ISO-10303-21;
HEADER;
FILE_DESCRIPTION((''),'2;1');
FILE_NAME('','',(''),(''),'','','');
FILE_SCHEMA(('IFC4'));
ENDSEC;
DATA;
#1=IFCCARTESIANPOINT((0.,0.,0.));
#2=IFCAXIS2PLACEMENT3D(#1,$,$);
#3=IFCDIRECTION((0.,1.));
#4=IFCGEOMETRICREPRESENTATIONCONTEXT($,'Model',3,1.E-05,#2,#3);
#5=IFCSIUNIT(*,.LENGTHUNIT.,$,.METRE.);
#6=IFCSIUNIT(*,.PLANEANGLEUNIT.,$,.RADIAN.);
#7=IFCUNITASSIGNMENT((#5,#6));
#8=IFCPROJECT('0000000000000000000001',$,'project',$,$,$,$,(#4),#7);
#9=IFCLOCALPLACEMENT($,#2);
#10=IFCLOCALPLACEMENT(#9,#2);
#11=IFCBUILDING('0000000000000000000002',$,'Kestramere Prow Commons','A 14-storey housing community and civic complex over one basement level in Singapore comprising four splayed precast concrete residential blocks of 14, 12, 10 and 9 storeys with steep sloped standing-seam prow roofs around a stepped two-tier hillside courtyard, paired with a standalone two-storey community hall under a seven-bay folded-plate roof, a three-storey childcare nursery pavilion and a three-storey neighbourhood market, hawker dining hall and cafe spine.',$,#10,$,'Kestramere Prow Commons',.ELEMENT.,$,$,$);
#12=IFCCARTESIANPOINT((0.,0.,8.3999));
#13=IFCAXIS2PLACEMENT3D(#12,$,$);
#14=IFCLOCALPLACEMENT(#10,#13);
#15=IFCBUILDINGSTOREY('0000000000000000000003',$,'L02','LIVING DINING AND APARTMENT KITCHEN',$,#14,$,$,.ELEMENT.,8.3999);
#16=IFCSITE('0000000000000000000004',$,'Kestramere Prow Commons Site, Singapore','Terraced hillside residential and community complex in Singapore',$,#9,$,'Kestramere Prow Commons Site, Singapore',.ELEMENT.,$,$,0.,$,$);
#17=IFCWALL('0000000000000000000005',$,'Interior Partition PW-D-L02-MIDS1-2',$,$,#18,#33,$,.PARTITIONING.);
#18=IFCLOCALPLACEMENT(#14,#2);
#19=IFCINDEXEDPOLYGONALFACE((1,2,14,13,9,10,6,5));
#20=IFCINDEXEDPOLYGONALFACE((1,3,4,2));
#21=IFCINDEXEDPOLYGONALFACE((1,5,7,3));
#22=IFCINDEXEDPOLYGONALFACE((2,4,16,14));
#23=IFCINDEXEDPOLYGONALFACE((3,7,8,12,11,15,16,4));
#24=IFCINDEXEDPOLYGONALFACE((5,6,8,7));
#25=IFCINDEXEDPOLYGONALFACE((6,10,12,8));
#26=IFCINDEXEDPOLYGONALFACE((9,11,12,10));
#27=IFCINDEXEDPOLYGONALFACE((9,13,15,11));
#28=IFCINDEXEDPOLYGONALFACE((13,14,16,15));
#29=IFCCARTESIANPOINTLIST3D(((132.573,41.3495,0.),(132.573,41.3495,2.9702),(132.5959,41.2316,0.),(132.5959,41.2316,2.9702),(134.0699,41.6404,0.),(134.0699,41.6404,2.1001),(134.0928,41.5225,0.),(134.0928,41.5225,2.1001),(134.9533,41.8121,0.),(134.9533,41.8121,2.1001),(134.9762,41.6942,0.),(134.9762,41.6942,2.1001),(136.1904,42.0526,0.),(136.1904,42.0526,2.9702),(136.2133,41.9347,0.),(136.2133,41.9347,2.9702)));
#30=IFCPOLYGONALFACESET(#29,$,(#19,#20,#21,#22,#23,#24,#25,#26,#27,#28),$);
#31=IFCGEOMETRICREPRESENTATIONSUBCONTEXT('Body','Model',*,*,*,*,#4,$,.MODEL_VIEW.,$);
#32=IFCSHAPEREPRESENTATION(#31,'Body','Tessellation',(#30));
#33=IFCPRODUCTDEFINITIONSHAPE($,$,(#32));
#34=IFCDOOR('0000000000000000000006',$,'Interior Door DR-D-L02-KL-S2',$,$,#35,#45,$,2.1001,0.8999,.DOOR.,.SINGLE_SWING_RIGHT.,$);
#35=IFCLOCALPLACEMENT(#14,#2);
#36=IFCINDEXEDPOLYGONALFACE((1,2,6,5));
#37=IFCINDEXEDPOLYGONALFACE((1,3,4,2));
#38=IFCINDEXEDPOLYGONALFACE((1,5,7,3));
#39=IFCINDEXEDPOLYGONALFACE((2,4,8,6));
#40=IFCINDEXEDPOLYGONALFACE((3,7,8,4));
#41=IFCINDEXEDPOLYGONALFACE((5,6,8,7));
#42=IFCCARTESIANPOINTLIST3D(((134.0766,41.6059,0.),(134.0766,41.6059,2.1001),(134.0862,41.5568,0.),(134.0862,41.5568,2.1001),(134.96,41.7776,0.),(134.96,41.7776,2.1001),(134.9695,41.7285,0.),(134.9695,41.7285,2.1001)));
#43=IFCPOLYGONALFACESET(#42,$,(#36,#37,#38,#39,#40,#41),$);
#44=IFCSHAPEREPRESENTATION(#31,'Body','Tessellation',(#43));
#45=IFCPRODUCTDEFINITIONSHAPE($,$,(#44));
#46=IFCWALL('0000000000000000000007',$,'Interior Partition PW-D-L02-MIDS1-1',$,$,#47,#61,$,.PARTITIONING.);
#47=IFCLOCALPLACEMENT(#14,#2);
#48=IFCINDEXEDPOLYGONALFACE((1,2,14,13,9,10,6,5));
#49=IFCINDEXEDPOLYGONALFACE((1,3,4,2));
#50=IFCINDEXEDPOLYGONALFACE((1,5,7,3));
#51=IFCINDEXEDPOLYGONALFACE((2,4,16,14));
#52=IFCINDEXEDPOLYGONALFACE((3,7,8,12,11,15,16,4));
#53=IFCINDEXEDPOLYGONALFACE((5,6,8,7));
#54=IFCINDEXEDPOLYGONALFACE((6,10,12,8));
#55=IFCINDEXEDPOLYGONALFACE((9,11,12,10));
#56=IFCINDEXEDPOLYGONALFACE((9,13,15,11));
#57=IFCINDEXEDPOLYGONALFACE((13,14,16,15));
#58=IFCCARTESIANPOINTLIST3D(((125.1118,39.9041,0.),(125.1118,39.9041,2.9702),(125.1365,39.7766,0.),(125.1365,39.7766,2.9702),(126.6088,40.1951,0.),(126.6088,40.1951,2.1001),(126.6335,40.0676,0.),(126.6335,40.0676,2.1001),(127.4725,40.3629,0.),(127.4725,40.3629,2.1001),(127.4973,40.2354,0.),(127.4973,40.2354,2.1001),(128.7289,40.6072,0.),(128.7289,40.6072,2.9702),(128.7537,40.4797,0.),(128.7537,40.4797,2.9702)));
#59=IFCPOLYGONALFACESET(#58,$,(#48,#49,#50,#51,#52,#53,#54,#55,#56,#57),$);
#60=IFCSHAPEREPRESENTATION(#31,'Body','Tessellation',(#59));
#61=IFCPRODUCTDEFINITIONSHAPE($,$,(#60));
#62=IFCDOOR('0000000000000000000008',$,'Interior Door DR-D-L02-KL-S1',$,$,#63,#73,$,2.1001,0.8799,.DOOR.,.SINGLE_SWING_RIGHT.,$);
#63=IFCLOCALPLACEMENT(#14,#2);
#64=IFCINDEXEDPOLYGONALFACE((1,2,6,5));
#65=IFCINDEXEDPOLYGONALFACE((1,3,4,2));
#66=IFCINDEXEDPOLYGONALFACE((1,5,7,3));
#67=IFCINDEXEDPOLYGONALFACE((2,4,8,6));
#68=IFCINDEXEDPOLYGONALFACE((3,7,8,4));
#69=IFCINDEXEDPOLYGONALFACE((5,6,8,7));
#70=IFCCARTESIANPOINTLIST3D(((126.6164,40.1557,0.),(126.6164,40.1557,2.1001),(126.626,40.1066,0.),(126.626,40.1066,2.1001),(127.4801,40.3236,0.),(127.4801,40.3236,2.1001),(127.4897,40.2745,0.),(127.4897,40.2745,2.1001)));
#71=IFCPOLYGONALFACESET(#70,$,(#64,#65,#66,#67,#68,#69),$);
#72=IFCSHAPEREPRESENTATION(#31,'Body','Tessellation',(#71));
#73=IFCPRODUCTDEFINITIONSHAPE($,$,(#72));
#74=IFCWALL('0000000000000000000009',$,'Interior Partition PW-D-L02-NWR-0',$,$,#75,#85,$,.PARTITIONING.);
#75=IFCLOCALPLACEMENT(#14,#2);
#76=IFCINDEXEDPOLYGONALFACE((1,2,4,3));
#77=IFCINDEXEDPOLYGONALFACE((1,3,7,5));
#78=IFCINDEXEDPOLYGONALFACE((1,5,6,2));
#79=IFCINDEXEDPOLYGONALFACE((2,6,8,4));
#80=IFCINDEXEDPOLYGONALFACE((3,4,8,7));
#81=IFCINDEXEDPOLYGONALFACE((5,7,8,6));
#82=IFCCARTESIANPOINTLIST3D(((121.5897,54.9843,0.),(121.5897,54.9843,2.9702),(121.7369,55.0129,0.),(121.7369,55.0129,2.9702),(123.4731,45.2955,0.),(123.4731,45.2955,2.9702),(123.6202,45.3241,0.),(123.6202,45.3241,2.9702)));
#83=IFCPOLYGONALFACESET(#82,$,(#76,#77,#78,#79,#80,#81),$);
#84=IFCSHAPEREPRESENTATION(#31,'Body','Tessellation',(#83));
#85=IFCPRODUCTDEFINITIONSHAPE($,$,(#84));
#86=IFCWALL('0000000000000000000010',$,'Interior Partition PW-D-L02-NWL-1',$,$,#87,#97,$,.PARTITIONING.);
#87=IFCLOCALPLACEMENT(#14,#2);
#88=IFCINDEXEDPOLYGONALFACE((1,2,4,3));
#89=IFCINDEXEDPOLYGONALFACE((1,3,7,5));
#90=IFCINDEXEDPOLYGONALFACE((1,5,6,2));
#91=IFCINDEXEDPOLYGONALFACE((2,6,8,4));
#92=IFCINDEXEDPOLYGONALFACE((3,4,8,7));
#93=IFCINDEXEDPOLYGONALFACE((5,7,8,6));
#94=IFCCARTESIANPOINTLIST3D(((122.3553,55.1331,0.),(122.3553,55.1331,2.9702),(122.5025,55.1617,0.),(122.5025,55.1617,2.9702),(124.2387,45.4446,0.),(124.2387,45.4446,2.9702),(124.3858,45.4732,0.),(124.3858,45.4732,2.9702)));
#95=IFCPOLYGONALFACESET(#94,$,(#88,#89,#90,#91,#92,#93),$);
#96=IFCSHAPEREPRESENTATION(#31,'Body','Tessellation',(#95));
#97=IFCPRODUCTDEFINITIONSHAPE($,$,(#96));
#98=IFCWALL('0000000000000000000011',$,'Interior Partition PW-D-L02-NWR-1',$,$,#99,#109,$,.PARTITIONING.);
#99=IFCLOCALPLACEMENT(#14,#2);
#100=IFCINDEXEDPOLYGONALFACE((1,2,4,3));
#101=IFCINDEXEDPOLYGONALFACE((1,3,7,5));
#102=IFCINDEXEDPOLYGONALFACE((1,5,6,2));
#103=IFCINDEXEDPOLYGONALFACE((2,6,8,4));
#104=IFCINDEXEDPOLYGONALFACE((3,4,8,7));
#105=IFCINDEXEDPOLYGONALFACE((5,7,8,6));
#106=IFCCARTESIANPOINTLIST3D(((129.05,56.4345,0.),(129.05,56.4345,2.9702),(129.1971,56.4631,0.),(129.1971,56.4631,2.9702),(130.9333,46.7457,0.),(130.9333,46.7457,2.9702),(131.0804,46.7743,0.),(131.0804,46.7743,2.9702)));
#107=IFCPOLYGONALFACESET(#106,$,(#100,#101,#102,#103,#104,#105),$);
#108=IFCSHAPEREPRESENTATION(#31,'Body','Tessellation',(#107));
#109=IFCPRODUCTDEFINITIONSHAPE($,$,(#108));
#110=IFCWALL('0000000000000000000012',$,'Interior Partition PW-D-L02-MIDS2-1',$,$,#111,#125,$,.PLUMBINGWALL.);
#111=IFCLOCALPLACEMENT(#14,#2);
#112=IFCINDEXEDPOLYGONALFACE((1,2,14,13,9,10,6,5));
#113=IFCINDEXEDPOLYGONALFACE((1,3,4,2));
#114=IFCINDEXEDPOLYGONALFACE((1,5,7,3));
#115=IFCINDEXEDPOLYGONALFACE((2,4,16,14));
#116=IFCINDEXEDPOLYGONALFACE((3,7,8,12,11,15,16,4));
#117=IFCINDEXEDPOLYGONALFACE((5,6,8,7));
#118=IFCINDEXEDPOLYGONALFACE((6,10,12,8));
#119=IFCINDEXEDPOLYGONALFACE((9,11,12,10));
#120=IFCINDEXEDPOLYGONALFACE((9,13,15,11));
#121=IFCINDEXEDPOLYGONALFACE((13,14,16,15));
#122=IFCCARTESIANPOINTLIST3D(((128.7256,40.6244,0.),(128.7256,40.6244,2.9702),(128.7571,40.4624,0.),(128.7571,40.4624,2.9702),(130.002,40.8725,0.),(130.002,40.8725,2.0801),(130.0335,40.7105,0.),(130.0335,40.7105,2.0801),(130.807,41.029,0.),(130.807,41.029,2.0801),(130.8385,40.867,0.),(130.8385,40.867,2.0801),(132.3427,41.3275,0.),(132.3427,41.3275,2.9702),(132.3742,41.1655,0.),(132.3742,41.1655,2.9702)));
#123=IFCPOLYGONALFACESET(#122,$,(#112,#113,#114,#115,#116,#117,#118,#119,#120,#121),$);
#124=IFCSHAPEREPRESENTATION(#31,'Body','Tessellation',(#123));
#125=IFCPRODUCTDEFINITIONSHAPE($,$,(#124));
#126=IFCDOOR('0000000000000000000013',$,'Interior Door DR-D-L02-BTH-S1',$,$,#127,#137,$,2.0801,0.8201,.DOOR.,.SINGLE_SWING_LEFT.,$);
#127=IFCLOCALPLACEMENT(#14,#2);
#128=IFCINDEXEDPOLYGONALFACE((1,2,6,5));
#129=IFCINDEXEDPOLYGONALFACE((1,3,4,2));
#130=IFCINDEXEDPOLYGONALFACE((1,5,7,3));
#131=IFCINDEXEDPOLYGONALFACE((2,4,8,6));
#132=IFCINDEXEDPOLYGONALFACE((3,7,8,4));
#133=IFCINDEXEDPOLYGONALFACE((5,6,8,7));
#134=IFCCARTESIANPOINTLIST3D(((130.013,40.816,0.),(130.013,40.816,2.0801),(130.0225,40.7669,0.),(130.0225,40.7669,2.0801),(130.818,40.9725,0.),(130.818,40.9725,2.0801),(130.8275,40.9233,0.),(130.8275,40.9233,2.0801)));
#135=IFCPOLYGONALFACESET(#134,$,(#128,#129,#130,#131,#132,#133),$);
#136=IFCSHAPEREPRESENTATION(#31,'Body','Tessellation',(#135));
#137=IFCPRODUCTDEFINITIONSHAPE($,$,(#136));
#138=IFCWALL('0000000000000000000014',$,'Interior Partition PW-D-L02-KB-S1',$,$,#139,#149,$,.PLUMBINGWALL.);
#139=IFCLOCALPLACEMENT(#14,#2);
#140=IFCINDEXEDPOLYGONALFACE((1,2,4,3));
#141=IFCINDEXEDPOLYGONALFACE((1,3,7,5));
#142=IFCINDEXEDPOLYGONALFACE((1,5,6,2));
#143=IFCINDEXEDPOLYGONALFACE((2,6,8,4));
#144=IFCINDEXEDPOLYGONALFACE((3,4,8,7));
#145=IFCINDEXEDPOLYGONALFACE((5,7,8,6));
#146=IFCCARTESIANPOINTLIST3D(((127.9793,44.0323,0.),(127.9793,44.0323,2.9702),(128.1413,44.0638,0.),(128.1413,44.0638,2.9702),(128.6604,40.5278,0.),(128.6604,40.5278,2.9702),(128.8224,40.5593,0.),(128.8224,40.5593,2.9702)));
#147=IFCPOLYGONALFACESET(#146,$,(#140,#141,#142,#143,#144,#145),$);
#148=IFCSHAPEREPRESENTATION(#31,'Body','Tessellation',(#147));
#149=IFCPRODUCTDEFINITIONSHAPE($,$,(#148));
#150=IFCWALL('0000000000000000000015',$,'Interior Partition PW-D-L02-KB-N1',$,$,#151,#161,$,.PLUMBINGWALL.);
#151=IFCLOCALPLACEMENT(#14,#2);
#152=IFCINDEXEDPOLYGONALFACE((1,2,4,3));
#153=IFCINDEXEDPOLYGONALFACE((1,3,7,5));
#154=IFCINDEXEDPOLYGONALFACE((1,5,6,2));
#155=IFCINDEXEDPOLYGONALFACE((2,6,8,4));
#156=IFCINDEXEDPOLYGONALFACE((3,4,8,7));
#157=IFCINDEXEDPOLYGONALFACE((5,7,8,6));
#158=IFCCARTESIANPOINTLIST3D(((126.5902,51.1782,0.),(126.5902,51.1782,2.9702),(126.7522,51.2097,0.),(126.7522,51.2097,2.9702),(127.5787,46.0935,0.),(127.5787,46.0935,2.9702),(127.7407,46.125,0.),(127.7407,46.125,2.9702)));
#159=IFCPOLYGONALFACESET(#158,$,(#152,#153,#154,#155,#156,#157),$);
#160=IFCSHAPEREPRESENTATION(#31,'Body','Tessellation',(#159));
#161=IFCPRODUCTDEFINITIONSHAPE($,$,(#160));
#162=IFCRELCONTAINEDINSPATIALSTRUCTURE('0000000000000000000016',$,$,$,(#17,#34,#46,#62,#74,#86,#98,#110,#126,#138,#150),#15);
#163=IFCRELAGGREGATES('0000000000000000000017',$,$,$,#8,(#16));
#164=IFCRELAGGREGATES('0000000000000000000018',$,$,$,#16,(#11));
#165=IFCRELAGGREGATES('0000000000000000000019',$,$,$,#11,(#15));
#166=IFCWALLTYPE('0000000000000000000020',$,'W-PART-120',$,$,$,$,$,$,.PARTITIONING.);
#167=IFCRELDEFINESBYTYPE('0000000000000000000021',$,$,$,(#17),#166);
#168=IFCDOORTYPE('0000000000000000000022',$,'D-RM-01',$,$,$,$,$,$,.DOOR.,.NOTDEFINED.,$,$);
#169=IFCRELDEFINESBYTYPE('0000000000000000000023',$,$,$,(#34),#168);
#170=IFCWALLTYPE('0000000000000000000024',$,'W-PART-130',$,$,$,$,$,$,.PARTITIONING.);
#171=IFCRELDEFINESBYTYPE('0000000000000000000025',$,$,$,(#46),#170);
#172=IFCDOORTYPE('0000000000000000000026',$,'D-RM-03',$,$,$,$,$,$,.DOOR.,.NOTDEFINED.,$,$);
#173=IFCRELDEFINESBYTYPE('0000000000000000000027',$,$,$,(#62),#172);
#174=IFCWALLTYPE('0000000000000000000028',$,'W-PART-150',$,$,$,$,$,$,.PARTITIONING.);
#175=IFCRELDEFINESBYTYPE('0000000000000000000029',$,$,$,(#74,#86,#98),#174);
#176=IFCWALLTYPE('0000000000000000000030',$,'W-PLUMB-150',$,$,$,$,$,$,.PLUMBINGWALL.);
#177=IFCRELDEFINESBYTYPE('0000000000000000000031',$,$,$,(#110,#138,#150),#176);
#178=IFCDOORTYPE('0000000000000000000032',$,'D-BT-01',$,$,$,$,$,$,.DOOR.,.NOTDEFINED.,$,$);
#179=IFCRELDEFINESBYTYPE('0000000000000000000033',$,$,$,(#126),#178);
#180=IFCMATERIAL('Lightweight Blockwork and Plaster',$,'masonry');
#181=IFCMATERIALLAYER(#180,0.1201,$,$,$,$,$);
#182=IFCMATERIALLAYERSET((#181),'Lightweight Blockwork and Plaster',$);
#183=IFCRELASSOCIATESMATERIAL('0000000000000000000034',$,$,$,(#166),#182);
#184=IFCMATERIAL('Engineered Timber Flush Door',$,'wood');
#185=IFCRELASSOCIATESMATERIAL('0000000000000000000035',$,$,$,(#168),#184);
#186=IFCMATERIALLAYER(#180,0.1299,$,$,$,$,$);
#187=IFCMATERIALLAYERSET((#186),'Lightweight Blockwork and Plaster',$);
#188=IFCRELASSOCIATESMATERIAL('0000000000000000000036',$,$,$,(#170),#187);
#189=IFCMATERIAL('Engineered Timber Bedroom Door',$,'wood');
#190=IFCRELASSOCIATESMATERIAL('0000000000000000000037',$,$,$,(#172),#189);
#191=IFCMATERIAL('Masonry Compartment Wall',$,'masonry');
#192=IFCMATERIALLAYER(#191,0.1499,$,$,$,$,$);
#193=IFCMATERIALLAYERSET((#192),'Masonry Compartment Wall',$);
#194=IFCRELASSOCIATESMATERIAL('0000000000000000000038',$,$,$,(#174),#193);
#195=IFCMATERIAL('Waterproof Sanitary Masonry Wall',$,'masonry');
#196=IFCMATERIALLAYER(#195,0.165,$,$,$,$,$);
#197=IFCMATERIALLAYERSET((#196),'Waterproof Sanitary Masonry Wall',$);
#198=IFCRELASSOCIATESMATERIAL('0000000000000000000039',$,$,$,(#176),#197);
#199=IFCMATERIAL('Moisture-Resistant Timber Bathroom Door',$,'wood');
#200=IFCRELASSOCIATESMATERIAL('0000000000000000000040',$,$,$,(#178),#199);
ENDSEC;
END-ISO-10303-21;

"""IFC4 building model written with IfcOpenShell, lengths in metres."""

from ifc_helpers import new_model, si_unit, direction, frame, frame_2d, origin, place, context, subcontext, project, spatial, rectangle, extrude, material, layer, layer_set, type_object, element, fill, save


model = new_model("IFC4")

# Units and contexts
model_context = context("Model", 3, precision=1e-05, world=origin(), true_north=direction((0.0, 1.0)))
body_context = subcontext(model_context, "Body", "Model", "MODEL_VIEW")
ifc_project = project(units=[si_unit("LENGTHUNIT", "METRE"), si_unit("PLANEANGLEUNIT", "RADIAN")], contexts=[model_context])

# Site, building, storey
site_placement = place(None, origin())
site = spatial("IfcSite", under=ifc_project, at=site_placement, Name="Kestramere Prow Commons Site, Singapore", Description="Terraced hillside residential and community complex in Singapore", LongName="Kestramere Prow Commons Site, Singapore", CompositionType="ELEMENT", RefElevation=0.0)
building_placement = place(site_placement, origin())
building = spatial("IfcBuilding", under=site, at=building_placement, Name="Kestramere Prow Commons", Description="A 14-storey housing community and civic complex over one basement level in Singapore comprising four splayed precast concrete residential blocks of 14, 12, 10 and 9 storeys with steep sloped standing-seam prow roofs around a stepped two-tier hillside courtyard, paired with a standalone two-storey community hall under a seven-bay folded-plate roof, a three-storey childcare nursery pavilion and a three-storey neighbourhood market, hawker dining hall and cafe spine.", LongName="Kestramere Prow Commons", CompositionType="ELEMENT")
storey_placement = place(building_placement, frame((0.0, 0.0, 8.3999)))
storey = spatial("IfcBuildingStorey", under=building, at=storey_placement, Name="L02", Description="LIVING DINING AND APARTMENT KITCHEN", CompositionType="ELEMENT", Elevation=8.3999)

# Walls, openings, doors
ifc_material_1 = material(Name="Lightweight Blockwork and Plaster", Category="masonry")
ifc_layer_1 = layer(ifc_material_1, 0.1201)
ifc_layer_set_1 = layer_set([ifc_layer_1], Name="Lightweight Blockwork and Plaster")
wall_type_1 = type_object("IfcWallType", Name="W-PART-120", PredefinedType="PARTITIONING", material=ifc_layer_set_1)
wall_1_placement = place(storey_placement, frame((132.5845, 41.2905, 0.0), z_axis=(0.0, 0.0, 1.0), x_axis=(0.981629, 0.190801, 0.0)))
wall_1 = element("IfcWall", 1, at=wall_1_placement, inside=storey, type_object=wall_type_1, Name="Interior Partition PW-D-L02-MIDS1-2", PredefinedType="PARTITIONING", context=body_context, shape_type="SweptSolid", body=[
    extrude(rectangle(XDim=3.6851, YDim=0.1201, at=frame_2d((1.8425, 0.0))), origin(), (0.0, 0.0, 1.0), 2.9702),
])
opening_1_placement = place(wall_1_placement, frame((1.5249, 0.0, 0.0)))
opening_1 = element("IfcOpeningElement", 2, at=opening_1_placement, cuts=wall_1, PredefinedType="OPENING", context=body_context, shape_type="SweptSolid", body=[
    extrude(rectangle(XDim=0.8999, YDim=2.1001, at=frame_2d((0.45, 1.05))), frame((0.0, 0.075, 0.0), z_axis=(0.0, -1.0, 0.0), x_axis=(1.0, 0.0, 0.0)), (0.0, 0.0, 1.0), 0.1501),
])
ifc_material_2 = material(Name="Engineered Timber Flush Door", Category="wood")
door_type_1 = type_object("IfcDoorType", Name="D-RM-01", OperationType="NOTDEFINED", PredefinedType="DOOR", material=ifc_material_2)
door_1_placement = place(opening_1_placement, origin())
door_1 = element("IfcDoor", 3, at=door_1_placement, inside=storey, type_object=door_type_1, Name="Interior Door DR-D-L02-KL-S2", OperationType="SINGLE_SWING_RIGHT", OverallHeight=2.1001, OverallWidth=0.8999, PredefinedType="DOOR", context=body_context, shape_type="SweptSolid", body=[
    extrude(rectangle(XDim=0.8999, YDim=2.1001, at=frame_2d((0.45, 1.05))), frame((0.0, 0.0249, 0.0), z_axis=(0.0, -1.0, 0.0), x_axis=(1.0, 0.0, 0.0)), (0.0, 0.0, 1.0), 0.05),
])
fill(opening_1, door_1)
ifc_layer_2 = layer(ifc_material_1, 0.1299)
ifc_layer_set_2 = layer_set([ifc_layer_2], Name="Lightweight Blockwork and Plaster")
wall_type_2 = type_object("IfcWallType", Name="W-PART-130", PredefinedType="PARTITIONING", material=ifc_layer_set_2)
wall_2_placement = place(storey_placement, frame((125.1243, 39.8403, 0.0), z_axis=(0.0, 0.0, 1.0), x_axis=(0.981626, 0.190813, 0.0)))
wall_2 = element("IfcWall", 4, at=wall_2_placement, inside=storey, type_object=wall_type_2, Name="Interior Partition PW-D-L02-MIDS1-1", PredefinedType="PARTITIONING", context=body_context, shape_type="SweptSolid", body=[
    extrude(rectangle(XDim=3.6848, YDim=0.1299, at=frame_2d((1.8423, 0.0))), origin(), (0.0, 0.0, 1.0), 2.9702),
])
opening_2_placement = place(wall_2_placement, frame((1.5249, 0.0, 0.0)))
opening_2 = element("IfcOpeningElement", 5, at=opening_2_placement, cuts=wall_2, PredefinedType="OPENING", context=body_context, shape_type="SweptSolid", body=[
    extrude(rectangle(XDim=0.8799, YDim=2.1001, at=frame_2d((0.4399, 1.05))), frame((0.0, 0.0798, 0.0), z_axis=(0.0, -1.0, 0.0), x_axis=(1.0, 0.0, 0.0)), (0.0, 0.0, 1.0), 0.1599),
])
ifc_material_3 = material(Name="Engineered Timber Bedroom Door", Category="wood")
door_type_2 = type_object("IfcDoorType", Name="D-RM-03", OperationType="NOTDEFINED", PredefinedType="DOOR", material=ifc_material_3)
door_2_placement = place(opening_2_placement, origin())
door_2 = element("IfcDoor", 6, at=door_2_placement, inside=storey, type_object=door_type_2, Name="Interior Door DR-D-L02-KL-S1", OperationType="SINGLE_SWING_RIGHT", OverallHeight=2.1001, OverallWidth=0.8799, PredefinedType="DOOR", context=body_context, shape_type="SweptSolid", body=[
    extrude(rectangle(XDim=0.8799, YDim=2.1001, at=frame_2d((0.4399, 1.05))), frame((0.0, 0.0249, 0.0), z_axis=(0.0, -1.0, 0.0), x_axis=(1.0, 0.0, 0.0)), (0.0, 0.0, 1.0), 0.05),
])
fill(opening_2, door_2)

# Walls
ifc_material_4 = material(Name="Masonry Compartment Wall", Category="masonry")
ifc_layer_3 = layer(ifc_material_4, 0.1499)
ifc_layer_set_3 = layer_set([ifc_layer_3], Name="Masonry Compartment Wall")
wall_type_3 = type_object("IfcWallType", Name="W-PART-150", PredefinedType="PARTITIONING", material=ifc_layer_set_3)
wall_3_placement = place(storey_placement, frame((123.5466, 45.3098, 0.0), z_axis=(0.0, 0.0, 1.0), x_axis=(-0.190809, 0.981627, 0.0)))
element("IfcWall", 7, at=wall_3_placement, inside=storey, type_object=wall_type_3, Name="Interior Partition PW-D-L02-NWR-0", PredefinedType="PARTITIONING", context=body_context, shape_type="SweptSolid", body=[
    extrude(rectangle(XDim=9.8701, YDim=0.1499, at=frame_2d((4.9351, 0.0))), origin(), (0.0, 0.0, 1.0), 2.9702),
])
wall_4_placement = place(storey_placement, frame((124.3123, 45.4587, 0.0), z_axis=(0.0, 0.0, 1.0), x_axis=(-0.190814, 0.981626, 0.0)))
element("IfcWall", 8, at=wall_4_placement, inside=storey, type_object=wall_type_3, Name="Interior Partition PW-D-L02-NWL-1", PredefinedType="PARTITIONING", context=body_context, shape_type="SweptSolid", body=[
    extrude(rectangle(XDim=9.8699, YDim=0.1499, at=frame_2d((4.9351, 0.0))), origin(), (0.0, 0.0, 1.0), 2.9702),
])
wall_5_placement = place(storey_placement, frame((131.0068, 46.76, 0.0), z_axis=(0.0, 0.0, 1.0), x_axis=(-0.190809, 0.981627, 0.0)))
element("IfcWall", 9, at=wall_5_placement, inside=storey, type_object=wall_type_3, Name="Interior Partition PW-D-L02-NWR-1", PredefinedType="PARTITIONING", context=body_context, shape_type="SweptSolid", body=[
    extrude(rectangle(XDim=9.8701, YDim=0.1499, at=frame_2d((4.9351, 0.0))), origin(), (0.0, 0.0, 1.0), 2.9702),
])

# Wall, opening, door
ifc_material_5 = material(Name="Waterproof Sanitary Masonry Wall", Category="masonry")
ifc_layer_4 = layer(ifc_material_5, 0.165)
ifc_layer_set_4 = layer_set([ifc_layer_4], Name="Waterproof Sanitary Masonry Wall")
wall_type_4 = type_object("IfcWallType", Name="W-PLUMB-150", PredefinedType="PLUMBINGWALL", material=ifc_layer_set_4)
wall_6_placement = place(storey_placement, frame((128.7415, 40.5435, 0.0), z_axis=(0.0, 0.0, 1.0), x_axis=(0.981626, 0.190813, 0.0)))
wall_6 = element("IfcWall", 10, at=wall_6_placement, inside=storey, type_object=wall_type_4, Name="Interior Partition PW-D-L02-MIDS2-1", PredefinedType="PLUMBINGWALL", context=body_context, shape_type="SweptSolid", body=[
    extrude(rectangle(XDim=3.6848, YDim=0.165, at=frame_2d((1.8423, 0.0))), origin(), (0.0, 0.0, 1.0), 2.9702),
])
opening_3_placement = place(wall_6_placement, frame((1.3, 0.0, 0.0)))
opening_3 = element("IfcOpeningElement", 11, at=opening_3_placement, cuts=wall_6, PredefinedType="OPENING", context=body_context, shape_type="SweptSolid", body=[
    extrude(rectangle(XDim=0.8201, YDim=2.0801, at=frame_2d((0.4102, 1.04))), frame((0.0, 0.0974, 0.0), z_axis=(0.0, -1.0, 0.0), x_axis=(1.0, 0.0, 0.0)), (0.0, 0.0, 1.0), 0.1951),
])
ifc_material_6 = material(Name="Moisture-Resistant Timber Bathroom Door", Category="wood")
door_type_3 = type_object("IfcDoorType", Name="D-BT-01", OperationType="NOTDEFINED", PredefinedType="DOOR", material=ifc_material_6)
door_3_placement = place(opening_3_placement, origin())
door_3 = element("IfcDoor", 12, at=door_3_placement, inside=storey, type_object=door_type_3, Name="Interior Door DR-D-L02-BTH-S1", OperationType="SINGLE_SWING_LEFT", OverallHeight=2.0801, OverallWidth=0.8201, PredefinedType="DOOR", context=body_context, shape_type="SweptSolid", body=[
    extrude(rectangle(XDim=0.8201, YDim=2.0801, at=frame_2d((0.4102, 1.04))), frame((0.0, 0.0249, 0.0), z_axis=(0.0, -1.0, 0.0), x_axis=(1.0, 0.0, 0.0)), (0.0, 0.0, 1.0), 0.05),
])
fill(opening_3, door_3)

# Walls
wall_7_placement = place(storey_placement, frame((128.7415, 40.5435, 0.0), z_axis=(0.0, 0.0, 1.0), x_axis=(-0.1908, 0.981629, 0.0)))
element("IfcWall", 13, at=wall_7_placement, inside=storey, type_object=wall_type_4, Name="Interior Partition PW-D-L02-KB-S1", PredefinedType="PLUMBINGWALL", context=body_context, shape_type="SweptSolid", body=[
    extrude(rectangle(XDim=3.5701, YDim=0.165, at=frame_2d((1.7852, 0.0))), origin(), (0.0, 0.0, 1.0), 2.9702),
])
wall_8_placement = place(storey_placement, frame((127.6597, 46.1094, 0.0), z_axis=(0.0, 0.0, 1.0), x_axis=(-0.190838, 0.981622, 0.0)))
element("IfcWall", 14, at=wall_8_placement, inside=storey, type_object=wall_type_4, Name="Interior Partition PW-D-L02-KB-N1", PredefinedType="PLUMBINGWALL", context=body_context, shape_type="SweptSolid", body=[
    extrude(rectangle(XDim=5.1799, YDim=0.165, at=frame_2d((2.5898, 0.0))), origin(), (0.0, 0.0, 1.0), 2.9702),
])

save(model, "model.ifc")
